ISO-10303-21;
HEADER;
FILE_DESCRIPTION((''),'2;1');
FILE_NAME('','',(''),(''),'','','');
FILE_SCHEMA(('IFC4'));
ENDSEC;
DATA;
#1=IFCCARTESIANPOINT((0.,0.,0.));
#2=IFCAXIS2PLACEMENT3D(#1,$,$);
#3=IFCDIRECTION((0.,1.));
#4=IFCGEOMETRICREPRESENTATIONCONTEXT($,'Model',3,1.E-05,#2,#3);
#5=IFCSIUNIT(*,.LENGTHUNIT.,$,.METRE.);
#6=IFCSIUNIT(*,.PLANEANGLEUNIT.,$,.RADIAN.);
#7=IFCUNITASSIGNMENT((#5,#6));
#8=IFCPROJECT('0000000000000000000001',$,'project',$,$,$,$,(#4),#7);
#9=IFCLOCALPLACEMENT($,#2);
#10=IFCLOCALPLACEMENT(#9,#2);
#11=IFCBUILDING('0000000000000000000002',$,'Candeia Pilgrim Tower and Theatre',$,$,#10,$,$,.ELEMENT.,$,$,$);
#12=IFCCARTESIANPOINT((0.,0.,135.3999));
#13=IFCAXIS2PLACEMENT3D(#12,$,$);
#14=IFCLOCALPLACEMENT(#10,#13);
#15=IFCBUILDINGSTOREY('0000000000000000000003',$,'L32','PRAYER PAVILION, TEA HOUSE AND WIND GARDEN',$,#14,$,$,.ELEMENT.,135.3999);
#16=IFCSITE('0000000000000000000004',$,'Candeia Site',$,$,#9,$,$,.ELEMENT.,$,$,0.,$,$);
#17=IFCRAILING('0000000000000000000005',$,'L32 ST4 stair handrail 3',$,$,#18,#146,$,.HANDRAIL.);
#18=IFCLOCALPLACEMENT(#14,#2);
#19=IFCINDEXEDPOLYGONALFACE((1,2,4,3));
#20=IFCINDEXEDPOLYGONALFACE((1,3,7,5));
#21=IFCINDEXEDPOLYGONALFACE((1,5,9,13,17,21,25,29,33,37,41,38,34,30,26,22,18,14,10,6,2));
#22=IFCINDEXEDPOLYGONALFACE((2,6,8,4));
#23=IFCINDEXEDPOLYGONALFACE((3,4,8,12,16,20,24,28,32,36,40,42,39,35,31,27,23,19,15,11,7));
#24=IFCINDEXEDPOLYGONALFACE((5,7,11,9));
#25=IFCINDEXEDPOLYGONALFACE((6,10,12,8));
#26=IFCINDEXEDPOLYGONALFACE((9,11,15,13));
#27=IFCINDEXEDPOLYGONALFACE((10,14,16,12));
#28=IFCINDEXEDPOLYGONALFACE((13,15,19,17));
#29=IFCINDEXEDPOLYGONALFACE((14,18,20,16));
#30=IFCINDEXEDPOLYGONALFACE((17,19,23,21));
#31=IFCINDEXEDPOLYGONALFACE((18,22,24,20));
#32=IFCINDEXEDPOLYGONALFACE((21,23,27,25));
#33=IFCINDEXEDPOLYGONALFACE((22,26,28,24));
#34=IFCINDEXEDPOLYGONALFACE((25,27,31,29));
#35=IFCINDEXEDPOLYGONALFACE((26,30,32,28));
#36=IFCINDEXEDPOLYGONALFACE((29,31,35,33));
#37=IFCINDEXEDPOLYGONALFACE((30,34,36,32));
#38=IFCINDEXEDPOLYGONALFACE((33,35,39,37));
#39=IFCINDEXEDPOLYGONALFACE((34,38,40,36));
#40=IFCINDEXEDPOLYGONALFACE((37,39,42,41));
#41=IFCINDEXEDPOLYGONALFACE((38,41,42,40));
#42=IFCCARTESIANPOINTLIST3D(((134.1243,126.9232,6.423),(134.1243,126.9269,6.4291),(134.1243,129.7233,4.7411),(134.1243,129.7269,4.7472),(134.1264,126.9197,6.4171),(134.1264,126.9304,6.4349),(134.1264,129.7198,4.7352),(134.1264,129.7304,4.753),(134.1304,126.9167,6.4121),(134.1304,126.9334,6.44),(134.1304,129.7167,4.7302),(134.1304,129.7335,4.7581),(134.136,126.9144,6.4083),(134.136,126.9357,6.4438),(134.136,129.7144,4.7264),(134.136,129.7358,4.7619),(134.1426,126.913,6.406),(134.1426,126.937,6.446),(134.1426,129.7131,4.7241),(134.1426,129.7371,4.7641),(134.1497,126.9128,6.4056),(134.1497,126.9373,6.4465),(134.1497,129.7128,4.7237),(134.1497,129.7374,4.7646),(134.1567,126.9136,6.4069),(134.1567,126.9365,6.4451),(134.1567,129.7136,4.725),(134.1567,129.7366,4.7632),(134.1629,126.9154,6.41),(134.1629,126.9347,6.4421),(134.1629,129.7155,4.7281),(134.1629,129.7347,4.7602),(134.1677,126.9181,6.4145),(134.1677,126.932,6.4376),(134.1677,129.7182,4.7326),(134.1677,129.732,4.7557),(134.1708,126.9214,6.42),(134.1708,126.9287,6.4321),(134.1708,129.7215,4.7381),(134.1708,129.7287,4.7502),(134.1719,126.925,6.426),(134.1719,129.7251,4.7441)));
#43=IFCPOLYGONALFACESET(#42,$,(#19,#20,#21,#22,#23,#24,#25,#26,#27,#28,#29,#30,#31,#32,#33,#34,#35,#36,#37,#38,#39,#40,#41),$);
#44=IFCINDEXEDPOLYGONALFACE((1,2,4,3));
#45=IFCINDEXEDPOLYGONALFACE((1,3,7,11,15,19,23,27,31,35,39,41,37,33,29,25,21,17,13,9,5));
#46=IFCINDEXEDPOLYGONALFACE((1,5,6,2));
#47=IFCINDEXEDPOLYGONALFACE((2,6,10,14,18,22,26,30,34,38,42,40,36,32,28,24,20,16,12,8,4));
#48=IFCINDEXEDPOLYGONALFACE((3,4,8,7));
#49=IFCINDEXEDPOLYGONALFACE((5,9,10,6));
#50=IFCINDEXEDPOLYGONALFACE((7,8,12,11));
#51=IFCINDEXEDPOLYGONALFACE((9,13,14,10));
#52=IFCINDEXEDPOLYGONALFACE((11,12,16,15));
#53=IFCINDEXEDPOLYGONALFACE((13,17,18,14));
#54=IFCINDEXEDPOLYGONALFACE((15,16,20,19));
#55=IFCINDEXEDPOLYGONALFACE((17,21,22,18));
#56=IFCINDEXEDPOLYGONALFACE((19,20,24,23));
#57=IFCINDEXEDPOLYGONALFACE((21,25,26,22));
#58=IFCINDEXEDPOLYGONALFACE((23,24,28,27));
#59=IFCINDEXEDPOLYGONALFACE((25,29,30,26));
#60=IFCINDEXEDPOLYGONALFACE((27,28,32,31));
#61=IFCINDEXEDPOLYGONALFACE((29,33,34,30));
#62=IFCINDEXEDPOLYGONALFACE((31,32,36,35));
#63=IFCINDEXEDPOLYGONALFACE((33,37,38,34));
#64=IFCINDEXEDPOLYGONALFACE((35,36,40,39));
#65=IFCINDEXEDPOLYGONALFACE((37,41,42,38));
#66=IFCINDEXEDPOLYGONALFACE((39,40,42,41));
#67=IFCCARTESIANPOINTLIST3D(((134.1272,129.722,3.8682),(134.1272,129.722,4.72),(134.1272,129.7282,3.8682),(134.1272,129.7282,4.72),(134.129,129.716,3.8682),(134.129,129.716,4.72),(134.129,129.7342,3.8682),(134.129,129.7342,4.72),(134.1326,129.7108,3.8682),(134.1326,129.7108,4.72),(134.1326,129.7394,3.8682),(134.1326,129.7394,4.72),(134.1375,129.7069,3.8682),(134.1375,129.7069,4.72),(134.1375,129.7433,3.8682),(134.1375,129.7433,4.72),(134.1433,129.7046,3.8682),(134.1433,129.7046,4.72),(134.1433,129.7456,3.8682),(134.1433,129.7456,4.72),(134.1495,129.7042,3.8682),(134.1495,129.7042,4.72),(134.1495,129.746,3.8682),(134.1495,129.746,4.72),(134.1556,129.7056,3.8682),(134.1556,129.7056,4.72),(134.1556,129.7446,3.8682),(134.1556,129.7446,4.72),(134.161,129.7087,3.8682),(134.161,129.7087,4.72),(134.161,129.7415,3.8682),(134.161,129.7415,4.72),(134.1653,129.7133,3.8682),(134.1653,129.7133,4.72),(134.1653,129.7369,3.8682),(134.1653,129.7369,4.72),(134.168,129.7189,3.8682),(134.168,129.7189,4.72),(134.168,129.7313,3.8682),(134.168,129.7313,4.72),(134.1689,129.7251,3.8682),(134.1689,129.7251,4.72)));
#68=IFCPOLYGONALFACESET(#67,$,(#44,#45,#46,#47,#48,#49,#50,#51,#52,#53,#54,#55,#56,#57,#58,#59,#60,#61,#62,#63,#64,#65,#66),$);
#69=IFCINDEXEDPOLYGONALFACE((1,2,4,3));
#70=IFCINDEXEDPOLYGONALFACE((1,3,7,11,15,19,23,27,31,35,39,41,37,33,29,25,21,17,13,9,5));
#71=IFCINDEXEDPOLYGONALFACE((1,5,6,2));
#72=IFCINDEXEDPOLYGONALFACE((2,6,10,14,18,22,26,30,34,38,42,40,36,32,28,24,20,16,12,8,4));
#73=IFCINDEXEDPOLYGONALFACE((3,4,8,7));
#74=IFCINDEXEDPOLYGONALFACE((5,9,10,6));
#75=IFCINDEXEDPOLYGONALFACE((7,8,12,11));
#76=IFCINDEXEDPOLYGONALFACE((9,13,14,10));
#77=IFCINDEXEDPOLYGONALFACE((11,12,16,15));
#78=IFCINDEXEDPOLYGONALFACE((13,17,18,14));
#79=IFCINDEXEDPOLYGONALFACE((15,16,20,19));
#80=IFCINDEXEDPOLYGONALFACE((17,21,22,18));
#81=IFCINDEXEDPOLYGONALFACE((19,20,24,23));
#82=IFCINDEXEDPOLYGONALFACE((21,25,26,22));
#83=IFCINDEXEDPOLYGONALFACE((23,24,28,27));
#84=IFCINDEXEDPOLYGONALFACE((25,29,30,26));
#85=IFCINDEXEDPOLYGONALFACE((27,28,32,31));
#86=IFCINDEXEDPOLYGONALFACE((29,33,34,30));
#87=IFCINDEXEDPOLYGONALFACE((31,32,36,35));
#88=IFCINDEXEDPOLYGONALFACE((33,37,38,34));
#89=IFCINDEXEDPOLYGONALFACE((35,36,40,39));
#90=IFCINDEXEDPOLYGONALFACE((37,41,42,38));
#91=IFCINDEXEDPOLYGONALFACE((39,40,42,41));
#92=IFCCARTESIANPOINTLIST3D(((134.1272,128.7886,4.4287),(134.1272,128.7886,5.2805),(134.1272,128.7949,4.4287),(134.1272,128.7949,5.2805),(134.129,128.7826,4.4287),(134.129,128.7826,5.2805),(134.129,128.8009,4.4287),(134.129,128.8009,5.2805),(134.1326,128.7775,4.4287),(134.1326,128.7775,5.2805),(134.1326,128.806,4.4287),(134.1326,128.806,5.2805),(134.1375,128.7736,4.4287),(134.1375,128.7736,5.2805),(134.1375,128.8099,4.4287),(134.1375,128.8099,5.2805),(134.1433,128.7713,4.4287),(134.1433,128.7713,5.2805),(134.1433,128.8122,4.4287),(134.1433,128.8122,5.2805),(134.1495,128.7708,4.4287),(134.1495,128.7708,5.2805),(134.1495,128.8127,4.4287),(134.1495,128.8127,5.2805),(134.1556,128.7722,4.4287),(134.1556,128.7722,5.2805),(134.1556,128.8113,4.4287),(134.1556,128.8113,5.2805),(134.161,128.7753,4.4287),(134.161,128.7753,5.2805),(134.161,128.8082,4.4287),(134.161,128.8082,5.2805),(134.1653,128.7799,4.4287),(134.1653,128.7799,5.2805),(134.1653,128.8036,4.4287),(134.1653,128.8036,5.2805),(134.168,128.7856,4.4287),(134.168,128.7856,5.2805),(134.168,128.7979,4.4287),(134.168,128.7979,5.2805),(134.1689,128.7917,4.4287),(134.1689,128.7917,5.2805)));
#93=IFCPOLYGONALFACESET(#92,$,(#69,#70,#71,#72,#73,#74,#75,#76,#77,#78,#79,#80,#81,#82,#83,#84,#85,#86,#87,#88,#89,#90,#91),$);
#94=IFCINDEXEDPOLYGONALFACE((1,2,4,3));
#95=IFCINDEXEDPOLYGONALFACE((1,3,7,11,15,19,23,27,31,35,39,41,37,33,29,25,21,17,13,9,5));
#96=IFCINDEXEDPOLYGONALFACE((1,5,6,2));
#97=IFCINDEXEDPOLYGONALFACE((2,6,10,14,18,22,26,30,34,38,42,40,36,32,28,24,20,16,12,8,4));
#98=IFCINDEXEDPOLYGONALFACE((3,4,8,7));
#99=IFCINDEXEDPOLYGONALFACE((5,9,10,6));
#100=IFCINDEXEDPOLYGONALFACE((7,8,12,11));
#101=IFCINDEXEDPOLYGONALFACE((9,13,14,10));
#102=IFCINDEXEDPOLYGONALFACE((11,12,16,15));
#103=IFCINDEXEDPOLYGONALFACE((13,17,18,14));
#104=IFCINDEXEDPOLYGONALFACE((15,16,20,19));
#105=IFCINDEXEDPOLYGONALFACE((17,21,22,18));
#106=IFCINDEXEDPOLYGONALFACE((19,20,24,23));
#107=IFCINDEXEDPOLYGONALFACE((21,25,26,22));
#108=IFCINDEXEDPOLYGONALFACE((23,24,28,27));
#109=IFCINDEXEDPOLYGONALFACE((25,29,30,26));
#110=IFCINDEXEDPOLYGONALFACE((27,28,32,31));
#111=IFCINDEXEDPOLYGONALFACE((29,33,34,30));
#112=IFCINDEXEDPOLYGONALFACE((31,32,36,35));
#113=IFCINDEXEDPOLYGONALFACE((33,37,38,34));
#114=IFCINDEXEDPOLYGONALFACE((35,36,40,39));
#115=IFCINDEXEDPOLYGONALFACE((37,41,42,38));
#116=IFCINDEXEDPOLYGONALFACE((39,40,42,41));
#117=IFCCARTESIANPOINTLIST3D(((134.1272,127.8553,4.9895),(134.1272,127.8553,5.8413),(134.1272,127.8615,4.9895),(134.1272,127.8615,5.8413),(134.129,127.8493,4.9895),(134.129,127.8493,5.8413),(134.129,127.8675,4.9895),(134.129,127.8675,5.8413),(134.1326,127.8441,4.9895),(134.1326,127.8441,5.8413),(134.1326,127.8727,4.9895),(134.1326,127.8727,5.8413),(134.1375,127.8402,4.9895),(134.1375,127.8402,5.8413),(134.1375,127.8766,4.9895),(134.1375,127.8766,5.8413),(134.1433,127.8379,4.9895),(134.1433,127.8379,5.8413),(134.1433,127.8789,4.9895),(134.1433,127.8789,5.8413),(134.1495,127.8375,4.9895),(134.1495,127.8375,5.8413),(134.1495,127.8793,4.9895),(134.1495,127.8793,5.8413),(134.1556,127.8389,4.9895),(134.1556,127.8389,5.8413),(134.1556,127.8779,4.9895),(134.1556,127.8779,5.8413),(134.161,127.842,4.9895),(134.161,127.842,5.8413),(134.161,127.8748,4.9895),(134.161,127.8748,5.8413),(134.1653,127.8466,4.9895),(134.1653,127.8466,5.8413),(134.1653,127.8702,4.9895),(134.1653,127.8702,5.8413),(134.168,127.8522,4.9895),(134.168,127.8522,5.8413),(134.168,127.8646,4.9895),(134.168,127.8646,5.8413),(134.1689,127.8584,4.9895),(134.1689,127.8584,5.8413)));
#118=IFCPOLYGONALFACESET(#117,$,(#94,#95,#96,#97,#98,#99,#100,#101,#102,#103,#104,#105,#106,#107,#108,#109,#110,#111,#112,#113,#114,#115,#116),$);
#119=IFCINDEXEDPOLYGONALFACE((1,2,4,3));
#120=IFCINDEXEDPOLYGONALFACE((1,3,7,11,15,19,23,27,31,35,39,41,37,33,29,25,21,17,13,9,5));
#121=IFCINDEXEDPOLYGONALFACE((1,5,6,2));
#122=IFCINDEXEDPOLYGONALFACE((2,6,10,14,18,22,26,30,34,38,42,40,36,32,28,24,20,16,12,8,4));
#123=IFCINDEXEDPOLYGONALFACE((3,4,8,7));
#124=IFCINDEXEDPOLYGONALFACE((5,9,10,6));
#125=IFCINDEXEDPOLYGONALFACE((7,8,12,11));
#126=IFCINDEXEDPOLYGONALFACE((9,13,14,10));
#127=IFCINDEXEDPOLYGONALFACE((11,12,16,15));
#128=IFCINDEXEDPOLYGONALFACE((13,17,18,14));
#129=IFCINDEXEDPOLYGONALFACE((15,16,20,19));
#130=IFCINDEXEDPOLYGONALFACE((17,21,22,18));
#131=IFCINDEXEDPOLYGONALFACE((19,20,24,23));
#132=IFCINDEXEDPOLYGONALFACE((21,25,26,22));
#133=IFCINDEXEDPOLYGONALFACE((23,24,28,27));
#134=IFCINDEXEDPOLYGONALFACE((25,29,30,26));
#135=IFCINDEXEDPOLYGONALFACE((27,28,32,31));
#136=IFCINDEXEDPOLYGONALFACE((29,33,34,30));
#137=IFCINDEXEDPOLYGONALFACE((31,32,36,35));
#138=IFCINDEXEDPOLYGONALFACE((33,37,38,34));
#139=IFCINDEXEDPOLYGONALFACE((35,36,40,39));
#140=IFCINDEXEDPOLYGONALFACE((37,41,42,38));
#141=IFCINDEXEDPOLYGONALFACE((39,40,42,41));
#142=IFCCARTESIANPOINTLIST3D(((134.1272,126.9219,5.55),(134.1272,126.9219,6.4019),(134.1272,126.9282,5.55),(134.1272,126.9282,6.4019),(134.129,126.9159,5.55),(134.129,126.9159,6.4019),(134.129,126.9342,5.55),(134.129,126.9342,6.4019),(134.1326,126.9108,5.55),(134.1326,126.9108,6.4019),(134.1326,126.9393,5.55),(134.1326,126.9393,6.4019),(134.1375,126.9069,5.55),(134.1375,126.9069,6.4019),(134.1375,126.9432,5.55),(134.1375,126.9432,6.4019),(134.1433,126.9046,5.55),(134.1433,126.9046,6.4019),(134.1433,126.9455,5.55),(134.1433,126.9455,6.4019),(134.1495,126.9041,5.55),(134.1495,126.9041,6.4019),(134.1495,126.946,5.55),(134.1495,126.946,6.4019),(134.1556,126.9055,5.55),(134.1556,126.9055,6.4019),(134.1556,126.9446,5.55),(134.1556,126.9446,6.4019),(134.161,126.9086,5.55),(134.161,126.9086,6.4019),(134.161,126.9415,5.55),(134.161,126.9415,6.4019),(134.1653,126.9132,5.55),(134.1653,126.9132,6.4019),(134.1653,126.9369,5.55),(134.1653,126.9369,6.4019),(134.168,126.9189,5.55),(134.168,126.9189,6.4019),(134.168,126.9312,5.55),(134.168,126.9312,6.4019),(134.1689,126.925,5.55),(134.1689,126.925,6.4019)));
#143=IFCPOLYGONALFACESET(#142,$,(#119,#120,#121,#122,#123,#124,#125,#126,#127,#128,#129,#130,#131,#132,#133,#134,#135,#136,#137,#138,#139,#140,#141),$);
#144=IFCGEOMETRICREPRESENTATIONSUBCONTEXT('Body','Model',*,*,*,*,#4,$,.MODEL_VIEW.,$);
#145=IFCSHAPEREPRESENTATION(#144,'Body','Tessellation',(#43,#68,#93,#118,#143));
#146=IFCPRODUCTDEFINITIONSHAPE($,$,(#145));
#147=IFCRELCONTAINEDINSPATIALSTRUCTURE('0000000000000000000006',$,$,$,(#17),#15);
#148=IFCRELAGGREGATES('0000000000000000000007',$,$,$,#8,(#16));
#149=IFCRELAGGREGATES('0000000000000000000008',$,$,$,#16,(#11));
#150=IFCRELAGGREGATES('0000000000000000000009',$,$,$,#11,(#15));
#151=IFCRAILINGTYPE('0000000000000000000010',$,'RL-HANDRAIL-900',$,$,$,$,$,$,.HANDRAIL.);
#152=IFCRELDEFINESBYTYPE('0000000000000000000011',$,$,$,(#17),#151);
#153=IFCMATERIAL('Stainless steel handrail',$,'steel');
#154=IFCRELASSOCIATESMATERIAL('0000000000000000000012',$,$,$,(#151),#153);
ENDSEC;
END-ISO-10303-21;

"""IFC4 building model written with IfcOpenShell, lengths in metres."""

from ifc_helpers import new_model, si_unit, direction, frame, origin, origin_2d, place, context, subcontext, project, spatial, circle, extrude, material, type_object, element, save


model = new_model("IFC4")

# Units and contexts
model_context = context("Model", 3, precision=1e-05, world=origin(), true_north=direction((0.0, 1.0)))
body_context = subcontext(model_context, "Body", "Model", "MODEL_VIEW")
ifc_project = project(units=[si_unit("LENGTHUNIT", "METRE"), si_unit("PLANEANGLEUNIT", "RADIAN")], contexts=[model_context])

# Site, building, storey
site_placement = place(None, origin())
site = spatial("IfcSite", under=ifc_project, at=site_placement, Name="Candeia Site", CompositionType="ELEMENT", RefElevation=0.0)
building_placement = place(site_placement, origin())
building = spatial("IfcBuilding", under=site, at=building_placement, Name="Candeia Pilgrim Tower and Theatre", CompositionType="ELEMENT")
storey_placement = place(building_placement, frame((0.0, 0.0, 135.3999)))
storey = spatial("IfcBuildingStorey", under=building, at=storey_placement, Name="L32", Description="PRAYER PAVILION, TEA HOUSE AND WIND GARDEN", CompositionType="ELEMENT", Elevation=135.3999)

# Railing
ifc_material_1 = material(Name="Stainless steel handrail", Category="steel")
railing_type_1 = type_object("IfcRailingType", Name="RL-HANDRAIL-900", PredefinedType="HANDRAIL", material=ifc_material_1)
railing_1_placement = place(storey_placement, frame((134.1479, 129.7251, 3.8682)))
element("IfcRailing", 1, at=railing_1_placement, inside=storey, type_object=railing_type_1, Name="L32 ST4 stair handrail 3", PredefinedType="HANDRAIL", context=body_context, shape_type="SweptSolid", body=[
    extrude(circle(Radius=0.0239, at=origin_2d()), frame((0.0, 0.0, 0.876), z_axis=(0.0, -0.857242, 0.514913), x_axis=(1.0, 0.0, 0.0)), (0.0, 0.0, 1.0), 3.2664),
    extrude(circle(Radius=0.021, at=origin_2d()), origin(), (0.0, 0.0, 1.0), 0.8518),
    extrude(circle(Radius=0.021, at=origin_2d()), frame((0.0, -0.9333, 0.5605)), (0.0, 0.0, 1.0), 0.8518),
    extrude(circle(Radius=0.021, at=origin_2d()), frame((0.0, -1.8667, 1.1213)), (0.0, 0.0, 1.0), 0.8518),
    extrude(circle(Radius=0.021, at=origin_2d()), frame((0.0, -2.8, 1.6819)), (0.0, 0.0, 1.0), 0.8518),
])

save(model, "model.ifc")
